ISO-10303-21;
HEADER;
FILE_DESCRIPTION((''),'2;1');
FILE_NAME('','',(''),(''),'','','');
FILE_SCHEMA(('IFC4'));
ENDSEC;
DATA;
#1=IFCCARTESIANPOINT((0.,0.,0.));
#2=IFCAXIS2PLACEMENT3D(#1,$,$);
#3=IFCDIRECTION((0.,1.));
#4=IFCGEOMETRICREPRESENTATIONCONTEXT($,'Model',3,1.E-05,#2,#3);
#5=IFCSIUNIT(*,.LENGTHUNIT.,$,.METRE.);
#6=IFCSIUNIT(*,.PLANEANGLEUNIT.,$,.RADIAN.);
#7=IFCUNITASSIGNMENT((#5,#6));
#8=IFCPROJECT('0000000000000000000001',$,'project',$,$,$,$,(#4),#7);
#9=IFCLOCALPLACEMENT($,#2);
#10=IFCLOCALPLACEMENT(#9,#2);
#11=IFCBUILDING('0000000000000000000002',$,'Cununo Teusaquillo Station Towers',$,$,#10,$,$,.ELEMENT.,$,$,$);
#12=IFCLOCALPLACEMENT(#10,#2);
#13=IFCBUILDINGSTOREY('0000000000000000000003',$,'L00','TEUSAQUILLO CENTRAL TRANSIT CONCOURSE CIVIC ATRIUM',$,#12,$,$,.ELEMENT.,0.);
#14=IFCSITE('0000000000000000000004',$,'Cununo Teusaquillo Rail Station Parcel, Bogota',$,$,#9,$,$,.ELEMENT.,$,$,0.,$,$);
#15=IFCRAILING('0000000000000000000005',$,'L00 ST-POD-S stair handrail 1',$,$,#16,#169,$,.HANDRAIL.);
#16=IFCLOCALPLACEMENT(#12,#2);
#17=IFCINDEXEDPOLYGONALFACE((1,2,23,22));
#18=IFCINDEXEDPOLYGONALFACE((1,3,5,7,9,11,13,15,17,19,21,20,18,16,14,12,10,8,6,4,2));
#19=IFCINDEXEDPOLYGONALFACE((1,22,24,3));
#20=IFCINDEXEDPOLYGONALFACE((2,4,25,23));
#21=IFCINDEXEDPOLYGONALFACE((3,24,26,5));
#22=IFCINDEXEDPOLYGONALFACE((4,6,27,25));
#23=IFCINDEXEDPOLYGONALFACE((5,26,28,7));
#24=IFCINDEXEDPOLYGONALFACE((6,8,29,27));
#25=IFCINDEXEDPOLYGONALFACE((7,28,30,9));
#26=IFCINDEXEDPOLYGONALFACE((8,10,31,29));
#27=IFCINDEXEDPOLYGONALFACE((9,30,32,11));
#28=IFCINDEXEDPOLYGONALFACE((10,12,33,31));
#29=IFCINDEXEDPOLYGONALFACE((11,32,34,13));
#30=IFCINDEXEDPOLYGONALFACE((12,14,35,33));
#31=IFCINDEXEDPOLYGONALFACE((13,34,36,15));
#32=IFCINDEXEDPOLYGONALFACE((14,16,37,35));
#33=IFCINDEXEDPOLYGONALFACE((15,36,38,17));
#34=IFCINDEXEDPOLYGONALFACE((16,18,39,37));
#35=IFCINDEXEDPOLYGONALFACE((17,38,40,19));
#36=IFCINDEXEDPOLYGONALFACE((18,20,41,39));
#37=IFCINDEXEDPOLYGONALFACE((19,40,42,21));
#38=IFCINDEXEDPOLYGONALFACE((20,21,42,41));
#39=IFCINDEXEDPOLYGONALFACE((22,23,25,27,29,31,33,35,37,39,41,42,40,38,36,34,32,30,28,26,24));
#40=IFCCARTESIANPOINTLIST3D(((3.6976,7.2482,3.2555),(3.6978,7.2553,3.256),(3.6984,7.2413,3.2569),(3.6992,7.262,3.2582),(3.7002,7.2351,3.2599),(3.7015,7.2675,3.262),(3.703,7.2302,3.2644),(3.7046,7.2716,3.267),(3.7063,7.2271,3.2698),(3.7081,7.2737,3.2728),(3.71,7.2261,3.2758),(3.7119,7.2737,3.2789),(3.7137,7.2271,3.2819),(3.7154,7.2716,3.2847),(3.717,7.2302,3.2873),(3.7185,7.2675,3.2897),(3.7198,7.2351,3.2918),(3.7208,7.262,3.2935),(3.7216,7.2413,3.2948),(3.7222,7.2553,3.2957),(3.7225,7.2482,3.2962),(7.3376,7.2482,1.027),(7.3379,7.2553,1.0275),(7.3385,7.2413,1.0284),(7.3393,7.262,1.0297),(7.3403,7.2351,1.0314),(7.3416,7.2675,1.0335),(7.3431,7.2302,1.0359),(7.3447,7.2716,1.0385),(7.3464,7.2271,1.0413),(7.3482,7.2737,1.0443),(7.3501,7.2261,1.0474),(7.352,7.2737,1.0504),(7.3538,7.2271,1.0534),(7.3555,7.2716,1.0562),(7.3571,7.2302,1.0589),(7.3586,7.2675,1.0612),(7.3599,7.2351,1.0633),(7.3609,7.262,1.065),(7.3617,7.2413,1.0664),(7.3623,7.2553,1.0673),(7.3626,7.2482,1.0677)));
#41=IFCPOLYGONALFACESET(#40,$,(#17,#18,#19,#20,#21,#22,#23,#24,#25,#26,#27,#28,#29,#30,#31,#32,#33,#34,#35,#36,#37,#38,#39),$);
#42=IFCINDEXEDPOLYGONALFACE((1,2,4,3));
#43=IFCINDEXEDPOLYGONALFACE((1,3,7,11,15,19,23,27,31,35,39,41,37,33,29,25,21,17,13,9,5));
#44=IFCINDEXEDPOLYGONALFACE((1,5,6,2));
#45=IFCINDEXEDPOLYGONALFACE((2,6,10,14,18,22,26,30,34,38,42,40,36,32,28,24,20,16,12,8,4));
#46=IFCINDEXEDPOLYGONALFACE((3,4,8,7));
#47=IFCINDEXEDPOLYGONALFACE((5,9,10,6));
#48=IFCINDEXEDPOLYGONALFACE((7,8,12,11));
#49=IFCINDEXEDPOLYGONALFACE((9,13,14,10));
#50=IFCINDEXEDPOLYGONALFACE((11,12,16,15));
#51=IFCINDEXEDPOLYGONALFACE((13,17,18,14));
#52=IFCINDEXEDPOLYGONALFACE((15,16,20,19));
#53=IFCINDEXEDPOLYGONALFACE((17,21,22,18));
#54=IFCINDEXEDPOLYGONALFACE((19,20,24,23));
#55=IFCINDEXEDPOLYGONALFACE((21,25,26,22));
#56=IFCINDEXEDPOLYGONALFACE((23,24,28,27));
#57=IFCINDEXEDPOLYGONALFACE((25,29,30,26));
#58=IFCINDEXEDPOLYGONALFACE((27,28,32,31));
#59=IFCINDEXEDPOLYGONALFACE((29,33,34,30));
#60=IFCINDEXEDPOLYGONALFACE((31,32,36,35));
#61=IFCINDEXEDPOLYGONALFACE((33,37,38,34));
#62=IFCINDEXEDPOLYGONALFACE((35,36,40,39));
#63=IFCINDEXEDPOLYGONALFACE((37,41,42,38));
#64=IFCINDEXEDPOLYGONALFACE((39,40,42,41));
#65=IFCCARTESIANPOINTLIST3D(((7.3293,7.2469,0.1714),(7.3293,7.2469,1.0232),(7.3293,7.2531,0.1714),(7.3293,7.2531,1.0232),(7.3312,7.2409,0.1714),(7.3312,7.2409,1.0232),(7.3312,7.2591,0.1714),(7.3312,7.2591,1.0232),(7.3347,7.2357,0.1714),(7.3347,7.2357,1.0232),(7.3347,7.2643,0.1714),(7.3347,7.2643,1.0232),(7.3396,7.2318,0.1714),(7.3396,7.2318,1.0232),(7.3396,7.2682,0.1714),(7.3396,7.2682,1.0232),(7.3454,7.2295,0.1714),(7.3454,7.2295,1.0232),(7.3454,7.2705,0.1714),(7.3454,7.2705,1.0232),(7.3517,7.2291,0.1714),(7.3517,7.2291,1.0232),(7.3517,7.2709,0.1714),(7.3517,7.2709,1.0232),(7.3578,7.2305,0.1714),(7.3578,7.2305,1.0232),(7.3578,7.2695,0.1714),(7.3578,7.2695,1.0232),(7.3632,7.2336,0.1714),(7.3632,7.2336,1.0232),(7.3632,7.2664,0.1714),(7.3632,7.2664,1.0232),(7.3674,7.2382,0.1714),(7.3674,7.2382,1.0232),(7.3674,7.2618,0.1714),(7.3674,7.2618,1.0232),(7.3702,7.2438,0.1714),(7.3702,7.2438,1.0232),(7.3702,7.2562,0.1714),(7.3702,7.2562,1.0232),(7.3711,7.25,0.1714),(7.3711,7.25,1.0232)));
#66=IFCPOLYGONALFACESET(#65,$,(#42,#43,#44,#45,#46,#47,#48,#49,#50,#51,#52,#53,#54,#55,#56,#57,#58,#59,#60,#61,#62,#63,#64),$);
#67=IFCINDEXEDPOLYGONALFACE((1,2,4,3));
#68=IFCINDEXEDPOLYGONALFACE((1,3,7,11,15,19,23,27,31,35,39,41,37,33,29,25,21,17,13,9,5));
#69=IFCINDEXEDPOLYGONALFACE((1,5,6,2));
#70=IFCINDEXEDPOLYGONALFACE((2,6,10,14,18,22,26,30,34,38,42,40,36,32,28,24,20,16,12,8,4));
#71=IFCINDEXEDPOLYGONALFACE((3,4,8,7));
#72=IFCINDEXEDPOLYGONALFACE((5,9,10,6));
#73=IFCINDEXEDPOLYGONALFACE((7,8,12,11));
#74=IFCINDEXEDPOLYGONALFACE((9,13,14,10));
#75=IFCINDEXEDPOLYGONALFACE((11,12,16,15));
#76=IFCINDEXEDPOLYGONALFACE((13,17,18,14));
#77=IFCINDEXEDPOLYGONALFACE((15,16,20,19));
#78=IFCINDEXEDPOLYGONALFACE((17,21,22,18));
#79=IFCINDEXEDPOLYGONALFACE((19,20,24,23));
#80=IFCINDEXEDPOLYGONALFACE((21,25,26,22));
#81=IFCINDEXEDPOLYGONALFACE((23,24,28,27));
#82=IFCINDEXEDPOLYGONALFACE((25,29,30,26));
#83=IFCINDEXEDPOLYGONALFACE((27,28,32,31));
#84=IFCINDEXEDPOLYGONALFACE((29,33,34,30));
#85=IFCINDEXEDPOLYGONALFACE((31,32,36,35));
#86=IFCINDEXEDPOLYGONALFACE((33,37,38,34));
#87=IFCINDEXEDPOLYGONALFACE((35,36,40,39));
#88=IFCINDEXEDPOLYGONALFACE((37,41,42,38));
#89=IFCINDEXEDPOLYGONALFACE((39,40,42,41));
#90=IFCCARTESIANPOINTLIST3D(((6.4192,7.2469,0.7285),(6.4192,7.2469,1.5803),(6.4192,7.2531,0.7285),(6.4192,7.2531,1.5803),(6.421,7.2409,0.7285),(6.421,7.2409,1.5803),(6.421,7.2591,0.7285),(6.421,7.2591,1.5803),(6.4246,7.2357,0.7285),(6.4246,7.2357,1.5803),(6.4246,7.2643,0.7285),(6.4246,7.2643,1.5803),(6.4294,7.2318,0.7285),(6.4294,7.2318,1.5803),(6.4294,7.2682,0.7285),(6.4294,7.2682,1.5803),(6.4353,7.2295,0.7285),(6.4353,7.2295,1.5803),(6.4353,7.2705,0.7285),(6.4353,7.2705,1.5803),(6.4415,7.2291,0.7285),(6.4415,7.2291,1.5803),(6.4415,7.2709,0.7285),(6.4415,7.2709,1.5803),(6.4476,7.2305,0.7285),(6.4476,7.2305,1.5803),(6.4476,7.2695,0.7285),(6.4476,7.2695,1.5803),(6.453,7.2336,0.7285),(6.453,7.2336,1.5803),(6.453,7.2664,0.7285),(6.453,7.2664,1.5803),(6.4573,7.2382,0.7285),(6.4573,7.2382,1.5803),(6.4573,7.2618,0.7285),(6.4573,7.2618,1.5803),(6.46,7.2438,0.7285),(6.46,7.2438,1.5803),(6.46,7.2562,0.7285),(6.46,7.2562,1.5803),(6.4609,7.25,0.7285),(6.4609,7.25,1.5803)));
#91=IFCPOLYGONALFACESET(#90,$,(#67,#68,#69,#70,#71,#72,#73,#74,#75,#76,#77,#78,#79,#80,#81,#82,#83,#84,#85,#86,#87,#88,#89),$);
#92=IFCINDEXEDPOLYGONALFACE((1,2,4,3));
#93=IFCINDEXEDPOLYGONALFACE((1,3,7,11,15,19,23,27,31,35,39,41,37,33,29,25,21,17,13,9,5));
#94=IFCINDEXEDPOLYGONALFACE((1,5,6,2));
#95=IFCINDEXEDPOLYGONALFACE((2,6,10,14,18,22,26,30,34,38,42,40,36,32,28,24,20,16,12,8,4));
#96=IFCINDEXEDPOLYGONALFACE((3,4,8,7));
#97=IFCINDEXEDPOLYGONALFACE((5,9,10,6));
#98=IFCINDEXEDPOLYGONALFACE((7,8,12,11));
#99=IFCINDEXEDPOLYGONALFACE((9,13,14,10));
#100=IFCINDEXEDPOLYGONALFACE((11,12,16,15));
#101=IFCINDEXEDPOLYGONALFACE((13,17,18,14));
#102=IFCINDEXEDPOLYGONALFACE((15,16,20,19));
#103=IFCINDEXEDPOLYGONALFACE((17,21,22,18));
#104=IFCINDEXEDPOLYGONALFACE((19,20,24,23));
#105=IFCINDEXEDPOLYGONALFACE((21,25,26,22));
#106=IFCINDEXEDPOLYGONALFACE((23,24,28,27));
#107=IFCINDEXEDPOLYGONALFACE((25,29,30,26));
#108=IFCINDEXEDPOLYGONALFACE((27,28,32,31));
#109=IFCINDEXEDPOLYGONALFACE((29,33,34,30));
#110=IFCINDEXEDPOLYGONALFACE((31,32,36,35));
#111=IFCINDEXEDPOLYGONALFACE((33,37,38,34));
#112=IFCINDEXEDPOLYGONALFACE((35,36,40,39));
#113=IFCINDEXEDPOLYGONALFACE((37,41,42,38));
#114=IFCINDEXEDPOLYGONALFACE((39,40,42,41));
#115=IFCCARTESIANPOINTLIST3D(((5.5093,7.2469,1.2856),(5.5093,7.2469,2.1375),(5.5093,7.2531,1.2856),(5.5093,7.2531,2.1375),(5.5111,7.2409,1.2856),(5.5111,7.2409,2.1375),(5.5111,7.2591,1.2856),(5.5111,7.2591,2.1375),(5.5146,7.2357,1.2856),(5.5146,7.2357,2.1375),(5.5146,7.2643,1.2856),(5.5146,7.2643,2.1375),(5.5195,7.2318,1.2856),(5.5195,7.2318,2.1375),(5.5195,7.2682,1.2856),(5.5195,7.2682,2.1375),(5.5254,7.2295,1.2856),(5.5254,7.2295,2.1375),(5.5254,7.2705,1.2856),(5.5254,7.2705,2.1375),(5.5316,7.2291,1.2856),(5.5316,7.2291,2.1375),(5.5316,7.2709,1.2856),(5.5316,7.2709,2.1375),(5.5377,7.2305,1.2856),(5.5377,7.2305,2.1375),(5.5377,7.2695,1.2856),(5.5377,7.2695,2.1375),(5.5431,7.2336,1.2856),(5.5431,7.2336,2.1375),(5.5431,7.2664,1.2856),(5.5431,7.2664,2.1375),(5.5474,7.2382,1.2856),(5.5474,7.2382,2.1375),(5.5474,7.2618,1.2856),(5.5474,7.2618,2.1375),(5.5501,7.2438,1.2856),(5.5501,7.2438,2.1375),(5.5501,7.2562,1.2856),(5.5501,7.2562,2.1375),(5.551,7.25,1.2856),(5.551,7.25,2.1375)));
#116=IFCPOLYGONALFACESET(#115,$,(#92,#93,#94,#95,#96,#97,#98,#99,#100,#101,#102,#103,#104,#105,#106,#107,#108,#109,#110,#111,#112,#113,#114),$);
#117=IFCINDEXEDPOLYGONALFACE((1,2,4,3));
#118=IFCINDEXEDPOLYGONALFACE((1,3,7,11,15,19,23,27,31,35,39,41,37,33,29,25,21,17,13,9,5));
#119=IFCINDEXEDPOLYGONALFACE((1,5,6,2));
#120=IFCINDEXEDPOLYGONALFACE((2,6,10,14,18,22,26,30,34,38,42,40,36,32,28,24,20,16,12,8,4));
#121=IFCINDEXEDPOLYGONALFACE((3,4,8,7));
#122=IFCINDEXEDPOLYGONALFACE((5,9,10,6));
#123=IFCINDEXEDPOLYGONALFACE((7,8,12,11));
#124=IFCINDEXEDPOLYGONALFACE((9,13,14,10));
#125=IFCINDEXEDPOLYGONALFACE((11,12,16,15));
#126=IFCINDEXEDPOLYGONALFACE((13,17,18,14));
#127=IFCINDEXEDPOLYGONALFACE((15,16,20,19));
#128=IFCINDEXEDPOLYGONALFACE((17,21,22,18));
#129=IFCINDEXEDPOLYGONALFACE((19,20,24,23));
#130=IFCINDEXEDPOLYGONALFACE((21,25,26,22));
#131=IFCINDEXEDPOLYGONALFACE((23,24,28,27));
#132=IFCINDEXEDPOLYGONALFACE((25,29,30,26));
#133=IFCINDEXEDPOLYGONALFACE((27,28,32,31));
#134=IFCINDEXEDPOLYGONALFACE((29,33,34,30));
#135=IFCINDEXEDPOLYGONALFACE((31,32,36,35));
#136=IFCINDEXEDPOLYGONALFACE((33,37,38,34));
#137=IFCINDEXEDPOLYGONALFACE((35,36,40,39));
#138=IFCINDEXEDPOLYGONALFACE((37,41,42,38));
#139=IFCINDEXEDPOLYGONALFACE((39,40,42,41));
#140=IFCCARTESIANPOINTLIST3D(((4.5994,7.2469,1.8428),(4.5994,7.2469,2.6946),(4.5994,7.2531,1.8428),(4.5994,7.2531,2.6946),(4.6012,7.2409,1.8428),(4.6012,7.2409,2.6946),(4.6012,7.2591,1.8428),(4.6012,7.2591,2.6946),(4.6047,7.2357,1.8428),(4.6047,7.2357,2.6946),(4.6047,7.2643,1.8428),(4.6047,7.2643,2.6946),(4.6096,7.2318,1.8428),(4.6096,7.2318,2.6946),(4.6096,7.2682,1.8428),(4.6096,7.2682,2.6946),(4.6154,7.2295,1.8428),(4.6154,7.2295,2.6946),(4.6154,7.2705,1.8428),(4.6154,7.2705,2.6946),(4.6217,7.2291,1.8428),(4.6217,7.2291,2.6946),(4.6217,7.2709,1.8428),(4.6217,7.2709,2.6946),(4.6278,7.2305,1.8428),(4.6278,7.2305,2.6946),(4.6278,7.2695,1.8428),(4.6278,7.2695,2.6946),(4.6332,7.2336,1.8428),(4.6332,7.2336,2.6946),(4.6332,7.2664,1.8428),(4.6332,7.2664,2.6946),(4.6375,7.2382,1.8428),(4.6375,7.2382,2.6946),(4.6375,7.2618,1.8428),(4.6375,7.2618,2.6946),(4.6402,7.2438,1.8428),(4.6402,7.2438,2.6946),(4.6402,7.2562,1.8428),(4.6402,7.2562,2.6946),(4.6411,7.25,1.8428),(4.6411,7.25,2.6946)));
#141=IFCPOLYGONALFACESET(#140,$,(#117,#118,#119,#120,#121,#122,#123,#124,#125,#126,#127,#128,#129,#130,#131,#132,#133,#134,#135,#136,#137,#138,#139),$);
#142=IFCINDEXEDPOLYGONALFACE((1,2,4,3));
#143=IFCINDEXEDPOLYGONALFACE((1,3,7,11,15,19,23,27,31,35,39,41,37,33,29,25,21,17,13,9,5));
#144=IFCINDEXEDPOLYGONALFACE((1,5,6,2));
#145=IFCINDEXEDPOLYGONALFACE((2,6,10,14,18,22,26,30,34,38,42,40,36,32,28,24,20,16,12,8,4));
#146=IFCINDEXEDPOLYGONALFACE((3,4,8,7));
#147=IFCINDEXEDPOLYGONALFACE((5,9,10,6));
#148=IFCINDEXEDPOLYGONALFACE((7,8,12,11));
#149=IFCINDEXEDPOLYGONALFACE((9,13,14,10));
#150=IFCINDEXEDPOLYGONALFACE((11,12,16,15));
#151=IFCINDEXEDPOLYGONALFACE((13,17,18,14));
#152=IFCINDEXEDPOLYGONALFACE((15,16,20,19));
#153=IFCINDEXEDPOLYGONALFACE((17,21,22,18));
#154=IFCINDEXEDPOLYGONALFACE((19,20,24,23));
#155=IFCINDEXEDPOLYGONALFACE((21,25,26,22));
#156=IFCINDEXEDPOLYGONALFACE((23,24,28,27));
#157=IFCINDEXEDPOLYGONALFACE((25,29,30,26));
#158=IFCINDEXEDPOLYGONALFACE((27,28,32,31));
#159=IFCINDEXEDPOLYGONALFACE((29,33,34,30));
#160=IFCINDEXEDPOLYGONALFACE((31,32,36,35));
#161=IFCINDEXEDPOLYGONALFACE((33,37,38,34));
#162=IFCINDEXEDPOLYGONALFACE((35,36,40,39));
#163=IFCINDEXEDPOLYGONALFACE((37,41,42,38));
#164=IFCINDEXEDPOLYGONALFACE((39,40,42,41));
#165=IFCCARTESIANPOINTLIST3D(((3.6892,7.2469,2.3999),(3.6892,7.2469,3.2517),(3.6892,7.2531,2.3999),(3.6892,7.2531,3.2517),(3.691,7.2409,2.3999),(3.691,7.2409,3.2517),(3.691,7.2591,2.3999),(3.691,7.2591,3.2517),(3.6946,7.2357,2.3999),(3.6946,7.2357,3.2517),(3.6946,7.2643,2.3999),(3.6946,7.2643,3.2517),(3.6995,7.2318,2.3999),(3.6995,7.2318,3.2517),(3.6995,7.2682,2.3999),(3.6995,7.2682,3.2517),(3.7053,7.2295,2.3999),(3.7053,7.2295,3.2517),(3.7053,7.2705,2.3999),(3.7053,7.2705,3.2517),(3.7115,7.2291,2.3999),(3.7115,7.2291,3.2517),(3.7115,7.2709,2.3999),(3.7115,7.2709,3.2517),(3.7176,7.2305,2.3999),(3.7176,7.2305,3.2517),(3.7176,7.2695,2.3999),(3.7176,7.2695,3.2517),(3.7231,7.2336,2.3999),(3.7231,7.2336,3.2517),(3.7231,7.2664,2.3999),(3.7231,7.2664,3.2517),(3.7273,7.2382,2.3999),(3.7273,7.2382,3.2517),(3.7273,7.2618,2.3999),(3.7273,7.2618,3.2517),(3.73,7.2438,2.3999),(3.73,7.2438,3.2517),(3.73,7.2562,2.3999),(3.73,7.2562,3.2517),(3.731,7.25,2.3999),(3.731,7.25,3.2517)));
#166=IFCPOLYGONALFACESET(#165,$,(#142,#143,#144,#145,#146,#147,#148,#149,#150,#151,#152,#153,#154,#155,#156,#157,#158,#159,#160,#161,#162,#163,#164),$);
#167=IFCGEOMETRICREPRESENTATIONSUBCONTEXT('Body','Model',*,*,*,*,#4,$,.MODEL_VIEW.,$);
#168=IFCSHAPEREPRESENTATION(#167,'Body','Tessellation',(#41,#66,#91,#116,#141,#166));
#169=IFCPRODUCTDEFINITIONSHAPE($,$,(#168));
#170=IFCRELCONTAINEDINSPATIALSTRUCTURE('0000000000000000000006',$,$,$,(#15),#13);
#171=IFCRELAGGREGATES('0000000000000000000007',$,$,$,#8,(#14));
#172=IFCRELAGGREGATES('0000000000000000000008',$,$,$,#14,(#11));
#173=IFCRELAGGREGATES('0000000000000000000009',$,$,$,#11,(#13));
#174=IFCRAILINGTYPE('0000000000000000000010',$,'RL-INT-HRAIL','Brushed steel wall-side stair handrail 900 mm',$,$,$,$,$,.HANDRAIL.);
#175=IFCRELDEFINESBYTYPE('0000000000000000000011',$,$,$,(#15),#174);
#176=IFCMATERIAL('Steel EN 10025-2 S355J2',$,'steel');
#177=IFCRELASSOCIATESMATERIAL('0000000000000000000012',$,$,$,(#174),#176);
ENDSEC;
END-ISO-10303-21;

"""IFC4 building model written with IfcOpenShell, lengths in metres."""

from ifc_helpers import new_model, si_unit, direction, frame, origin, origin_2d, place, context, subcontext, project, spatial, circle, extrude, material, type_object, element, save


model = new_model("IFC4")

# Units and contexts
model_context = context("Model", 3, precision=1e-05, world=origin(), true_north=direction((0.0, 1.0)))
body_context = subcontext(model_context, "Body", "Model", "MODEL_VIEW")
ifc_project = project(units=[si_unit("LENGTHUNIT", "METRE"), si_unit("PLANEANGLEUNIT", "RADIAN")], contexts=[model_context])

# Site, building, storey
site_placement = place(None, origin())
site = spatial("IfcSite", under=ifc_project, at=site_placement, Name="Cununo Teusaquillo Rail Station Parcel, Bogota", CompositionType="ELEMENT", RefElevation=0.0)
building_placement = place(site_placement, origin())
building = spatial("IfcBuilding", under=site, at=building_placement, Name="Cununo Teusaquillo Station Towers", CompositionType="ELEMENT")
storey_placement = place(building_placement, origin())
storey = spatial("IfcBuildingStorey", under=building, at=storey_placement, Name="L00", Description="TEUSAQUILLO CENTRAL TRANSIT CONCOURSE CIVIC ATRIUM", CompositionType="ELEMENT", Elevation=0.0)

# Railing
ifc_material_1 = material(Name="Steel EN 10025-2 S355J2", Category="steel")
railing_type_1 = type_object("IfcRailingType", Name="RL-INT-HRAIL", Description="Brushed steel wall-side stair handrail 900 mm", PredefinedType="HANDRAIL", material=ifc_material_1)
railing_1_placement = place(storey_placement, frame((7.3501, 7.25, 0.1714)))
element("IfcRailing", 1, at=railing_1_placement, inside=storey, type_object=railing_type_1, Name="L00 ST-POD-S stair handrail 1", PredefinedType="HANDRAIL", context=body_context, shape_type="SweptSolid", body=[
    extrude(circle(Radius=0.0239, at=origin_2d()), frame((0.0, 0.0, 0.876), z_axis=(-0.852866, 0.0, 0.52213), x_axis=(0.0, -1.0, 0.0)), (0.0, 0.0, 1.0), 4.2681),
    extrude(circle(Radius=0.021, at=origin_2d()), origin(), (0.0, 0.0, 1.0), 0.8518),
    extrude(circle(Radius=0.021, at=origin_2d()), frame((-0.9102, 0.0, 0.5571)), (0.0, 0.0, 1.0), 0.8518),
    extrude(circle(Radius=0.021, at=origin_2d()), frame((-1.8201, 0.0, 1.1143)), (0.0, 0.0, 1.0), 0.8518),
    extrude(circle(Radius=0.021, at=origin_2d()), frame((-2.73, 0.0, 1.6714)), (0.0, 0.0, 1.0), 0.8518),
    extrude(circle(Radius=0.021, at=origin_2d()), frame((-3.6401, 0.0, 2.2285)), (0.0, 0.0, 1.0), 0.8518),
])

save(model, "model.ifc")
